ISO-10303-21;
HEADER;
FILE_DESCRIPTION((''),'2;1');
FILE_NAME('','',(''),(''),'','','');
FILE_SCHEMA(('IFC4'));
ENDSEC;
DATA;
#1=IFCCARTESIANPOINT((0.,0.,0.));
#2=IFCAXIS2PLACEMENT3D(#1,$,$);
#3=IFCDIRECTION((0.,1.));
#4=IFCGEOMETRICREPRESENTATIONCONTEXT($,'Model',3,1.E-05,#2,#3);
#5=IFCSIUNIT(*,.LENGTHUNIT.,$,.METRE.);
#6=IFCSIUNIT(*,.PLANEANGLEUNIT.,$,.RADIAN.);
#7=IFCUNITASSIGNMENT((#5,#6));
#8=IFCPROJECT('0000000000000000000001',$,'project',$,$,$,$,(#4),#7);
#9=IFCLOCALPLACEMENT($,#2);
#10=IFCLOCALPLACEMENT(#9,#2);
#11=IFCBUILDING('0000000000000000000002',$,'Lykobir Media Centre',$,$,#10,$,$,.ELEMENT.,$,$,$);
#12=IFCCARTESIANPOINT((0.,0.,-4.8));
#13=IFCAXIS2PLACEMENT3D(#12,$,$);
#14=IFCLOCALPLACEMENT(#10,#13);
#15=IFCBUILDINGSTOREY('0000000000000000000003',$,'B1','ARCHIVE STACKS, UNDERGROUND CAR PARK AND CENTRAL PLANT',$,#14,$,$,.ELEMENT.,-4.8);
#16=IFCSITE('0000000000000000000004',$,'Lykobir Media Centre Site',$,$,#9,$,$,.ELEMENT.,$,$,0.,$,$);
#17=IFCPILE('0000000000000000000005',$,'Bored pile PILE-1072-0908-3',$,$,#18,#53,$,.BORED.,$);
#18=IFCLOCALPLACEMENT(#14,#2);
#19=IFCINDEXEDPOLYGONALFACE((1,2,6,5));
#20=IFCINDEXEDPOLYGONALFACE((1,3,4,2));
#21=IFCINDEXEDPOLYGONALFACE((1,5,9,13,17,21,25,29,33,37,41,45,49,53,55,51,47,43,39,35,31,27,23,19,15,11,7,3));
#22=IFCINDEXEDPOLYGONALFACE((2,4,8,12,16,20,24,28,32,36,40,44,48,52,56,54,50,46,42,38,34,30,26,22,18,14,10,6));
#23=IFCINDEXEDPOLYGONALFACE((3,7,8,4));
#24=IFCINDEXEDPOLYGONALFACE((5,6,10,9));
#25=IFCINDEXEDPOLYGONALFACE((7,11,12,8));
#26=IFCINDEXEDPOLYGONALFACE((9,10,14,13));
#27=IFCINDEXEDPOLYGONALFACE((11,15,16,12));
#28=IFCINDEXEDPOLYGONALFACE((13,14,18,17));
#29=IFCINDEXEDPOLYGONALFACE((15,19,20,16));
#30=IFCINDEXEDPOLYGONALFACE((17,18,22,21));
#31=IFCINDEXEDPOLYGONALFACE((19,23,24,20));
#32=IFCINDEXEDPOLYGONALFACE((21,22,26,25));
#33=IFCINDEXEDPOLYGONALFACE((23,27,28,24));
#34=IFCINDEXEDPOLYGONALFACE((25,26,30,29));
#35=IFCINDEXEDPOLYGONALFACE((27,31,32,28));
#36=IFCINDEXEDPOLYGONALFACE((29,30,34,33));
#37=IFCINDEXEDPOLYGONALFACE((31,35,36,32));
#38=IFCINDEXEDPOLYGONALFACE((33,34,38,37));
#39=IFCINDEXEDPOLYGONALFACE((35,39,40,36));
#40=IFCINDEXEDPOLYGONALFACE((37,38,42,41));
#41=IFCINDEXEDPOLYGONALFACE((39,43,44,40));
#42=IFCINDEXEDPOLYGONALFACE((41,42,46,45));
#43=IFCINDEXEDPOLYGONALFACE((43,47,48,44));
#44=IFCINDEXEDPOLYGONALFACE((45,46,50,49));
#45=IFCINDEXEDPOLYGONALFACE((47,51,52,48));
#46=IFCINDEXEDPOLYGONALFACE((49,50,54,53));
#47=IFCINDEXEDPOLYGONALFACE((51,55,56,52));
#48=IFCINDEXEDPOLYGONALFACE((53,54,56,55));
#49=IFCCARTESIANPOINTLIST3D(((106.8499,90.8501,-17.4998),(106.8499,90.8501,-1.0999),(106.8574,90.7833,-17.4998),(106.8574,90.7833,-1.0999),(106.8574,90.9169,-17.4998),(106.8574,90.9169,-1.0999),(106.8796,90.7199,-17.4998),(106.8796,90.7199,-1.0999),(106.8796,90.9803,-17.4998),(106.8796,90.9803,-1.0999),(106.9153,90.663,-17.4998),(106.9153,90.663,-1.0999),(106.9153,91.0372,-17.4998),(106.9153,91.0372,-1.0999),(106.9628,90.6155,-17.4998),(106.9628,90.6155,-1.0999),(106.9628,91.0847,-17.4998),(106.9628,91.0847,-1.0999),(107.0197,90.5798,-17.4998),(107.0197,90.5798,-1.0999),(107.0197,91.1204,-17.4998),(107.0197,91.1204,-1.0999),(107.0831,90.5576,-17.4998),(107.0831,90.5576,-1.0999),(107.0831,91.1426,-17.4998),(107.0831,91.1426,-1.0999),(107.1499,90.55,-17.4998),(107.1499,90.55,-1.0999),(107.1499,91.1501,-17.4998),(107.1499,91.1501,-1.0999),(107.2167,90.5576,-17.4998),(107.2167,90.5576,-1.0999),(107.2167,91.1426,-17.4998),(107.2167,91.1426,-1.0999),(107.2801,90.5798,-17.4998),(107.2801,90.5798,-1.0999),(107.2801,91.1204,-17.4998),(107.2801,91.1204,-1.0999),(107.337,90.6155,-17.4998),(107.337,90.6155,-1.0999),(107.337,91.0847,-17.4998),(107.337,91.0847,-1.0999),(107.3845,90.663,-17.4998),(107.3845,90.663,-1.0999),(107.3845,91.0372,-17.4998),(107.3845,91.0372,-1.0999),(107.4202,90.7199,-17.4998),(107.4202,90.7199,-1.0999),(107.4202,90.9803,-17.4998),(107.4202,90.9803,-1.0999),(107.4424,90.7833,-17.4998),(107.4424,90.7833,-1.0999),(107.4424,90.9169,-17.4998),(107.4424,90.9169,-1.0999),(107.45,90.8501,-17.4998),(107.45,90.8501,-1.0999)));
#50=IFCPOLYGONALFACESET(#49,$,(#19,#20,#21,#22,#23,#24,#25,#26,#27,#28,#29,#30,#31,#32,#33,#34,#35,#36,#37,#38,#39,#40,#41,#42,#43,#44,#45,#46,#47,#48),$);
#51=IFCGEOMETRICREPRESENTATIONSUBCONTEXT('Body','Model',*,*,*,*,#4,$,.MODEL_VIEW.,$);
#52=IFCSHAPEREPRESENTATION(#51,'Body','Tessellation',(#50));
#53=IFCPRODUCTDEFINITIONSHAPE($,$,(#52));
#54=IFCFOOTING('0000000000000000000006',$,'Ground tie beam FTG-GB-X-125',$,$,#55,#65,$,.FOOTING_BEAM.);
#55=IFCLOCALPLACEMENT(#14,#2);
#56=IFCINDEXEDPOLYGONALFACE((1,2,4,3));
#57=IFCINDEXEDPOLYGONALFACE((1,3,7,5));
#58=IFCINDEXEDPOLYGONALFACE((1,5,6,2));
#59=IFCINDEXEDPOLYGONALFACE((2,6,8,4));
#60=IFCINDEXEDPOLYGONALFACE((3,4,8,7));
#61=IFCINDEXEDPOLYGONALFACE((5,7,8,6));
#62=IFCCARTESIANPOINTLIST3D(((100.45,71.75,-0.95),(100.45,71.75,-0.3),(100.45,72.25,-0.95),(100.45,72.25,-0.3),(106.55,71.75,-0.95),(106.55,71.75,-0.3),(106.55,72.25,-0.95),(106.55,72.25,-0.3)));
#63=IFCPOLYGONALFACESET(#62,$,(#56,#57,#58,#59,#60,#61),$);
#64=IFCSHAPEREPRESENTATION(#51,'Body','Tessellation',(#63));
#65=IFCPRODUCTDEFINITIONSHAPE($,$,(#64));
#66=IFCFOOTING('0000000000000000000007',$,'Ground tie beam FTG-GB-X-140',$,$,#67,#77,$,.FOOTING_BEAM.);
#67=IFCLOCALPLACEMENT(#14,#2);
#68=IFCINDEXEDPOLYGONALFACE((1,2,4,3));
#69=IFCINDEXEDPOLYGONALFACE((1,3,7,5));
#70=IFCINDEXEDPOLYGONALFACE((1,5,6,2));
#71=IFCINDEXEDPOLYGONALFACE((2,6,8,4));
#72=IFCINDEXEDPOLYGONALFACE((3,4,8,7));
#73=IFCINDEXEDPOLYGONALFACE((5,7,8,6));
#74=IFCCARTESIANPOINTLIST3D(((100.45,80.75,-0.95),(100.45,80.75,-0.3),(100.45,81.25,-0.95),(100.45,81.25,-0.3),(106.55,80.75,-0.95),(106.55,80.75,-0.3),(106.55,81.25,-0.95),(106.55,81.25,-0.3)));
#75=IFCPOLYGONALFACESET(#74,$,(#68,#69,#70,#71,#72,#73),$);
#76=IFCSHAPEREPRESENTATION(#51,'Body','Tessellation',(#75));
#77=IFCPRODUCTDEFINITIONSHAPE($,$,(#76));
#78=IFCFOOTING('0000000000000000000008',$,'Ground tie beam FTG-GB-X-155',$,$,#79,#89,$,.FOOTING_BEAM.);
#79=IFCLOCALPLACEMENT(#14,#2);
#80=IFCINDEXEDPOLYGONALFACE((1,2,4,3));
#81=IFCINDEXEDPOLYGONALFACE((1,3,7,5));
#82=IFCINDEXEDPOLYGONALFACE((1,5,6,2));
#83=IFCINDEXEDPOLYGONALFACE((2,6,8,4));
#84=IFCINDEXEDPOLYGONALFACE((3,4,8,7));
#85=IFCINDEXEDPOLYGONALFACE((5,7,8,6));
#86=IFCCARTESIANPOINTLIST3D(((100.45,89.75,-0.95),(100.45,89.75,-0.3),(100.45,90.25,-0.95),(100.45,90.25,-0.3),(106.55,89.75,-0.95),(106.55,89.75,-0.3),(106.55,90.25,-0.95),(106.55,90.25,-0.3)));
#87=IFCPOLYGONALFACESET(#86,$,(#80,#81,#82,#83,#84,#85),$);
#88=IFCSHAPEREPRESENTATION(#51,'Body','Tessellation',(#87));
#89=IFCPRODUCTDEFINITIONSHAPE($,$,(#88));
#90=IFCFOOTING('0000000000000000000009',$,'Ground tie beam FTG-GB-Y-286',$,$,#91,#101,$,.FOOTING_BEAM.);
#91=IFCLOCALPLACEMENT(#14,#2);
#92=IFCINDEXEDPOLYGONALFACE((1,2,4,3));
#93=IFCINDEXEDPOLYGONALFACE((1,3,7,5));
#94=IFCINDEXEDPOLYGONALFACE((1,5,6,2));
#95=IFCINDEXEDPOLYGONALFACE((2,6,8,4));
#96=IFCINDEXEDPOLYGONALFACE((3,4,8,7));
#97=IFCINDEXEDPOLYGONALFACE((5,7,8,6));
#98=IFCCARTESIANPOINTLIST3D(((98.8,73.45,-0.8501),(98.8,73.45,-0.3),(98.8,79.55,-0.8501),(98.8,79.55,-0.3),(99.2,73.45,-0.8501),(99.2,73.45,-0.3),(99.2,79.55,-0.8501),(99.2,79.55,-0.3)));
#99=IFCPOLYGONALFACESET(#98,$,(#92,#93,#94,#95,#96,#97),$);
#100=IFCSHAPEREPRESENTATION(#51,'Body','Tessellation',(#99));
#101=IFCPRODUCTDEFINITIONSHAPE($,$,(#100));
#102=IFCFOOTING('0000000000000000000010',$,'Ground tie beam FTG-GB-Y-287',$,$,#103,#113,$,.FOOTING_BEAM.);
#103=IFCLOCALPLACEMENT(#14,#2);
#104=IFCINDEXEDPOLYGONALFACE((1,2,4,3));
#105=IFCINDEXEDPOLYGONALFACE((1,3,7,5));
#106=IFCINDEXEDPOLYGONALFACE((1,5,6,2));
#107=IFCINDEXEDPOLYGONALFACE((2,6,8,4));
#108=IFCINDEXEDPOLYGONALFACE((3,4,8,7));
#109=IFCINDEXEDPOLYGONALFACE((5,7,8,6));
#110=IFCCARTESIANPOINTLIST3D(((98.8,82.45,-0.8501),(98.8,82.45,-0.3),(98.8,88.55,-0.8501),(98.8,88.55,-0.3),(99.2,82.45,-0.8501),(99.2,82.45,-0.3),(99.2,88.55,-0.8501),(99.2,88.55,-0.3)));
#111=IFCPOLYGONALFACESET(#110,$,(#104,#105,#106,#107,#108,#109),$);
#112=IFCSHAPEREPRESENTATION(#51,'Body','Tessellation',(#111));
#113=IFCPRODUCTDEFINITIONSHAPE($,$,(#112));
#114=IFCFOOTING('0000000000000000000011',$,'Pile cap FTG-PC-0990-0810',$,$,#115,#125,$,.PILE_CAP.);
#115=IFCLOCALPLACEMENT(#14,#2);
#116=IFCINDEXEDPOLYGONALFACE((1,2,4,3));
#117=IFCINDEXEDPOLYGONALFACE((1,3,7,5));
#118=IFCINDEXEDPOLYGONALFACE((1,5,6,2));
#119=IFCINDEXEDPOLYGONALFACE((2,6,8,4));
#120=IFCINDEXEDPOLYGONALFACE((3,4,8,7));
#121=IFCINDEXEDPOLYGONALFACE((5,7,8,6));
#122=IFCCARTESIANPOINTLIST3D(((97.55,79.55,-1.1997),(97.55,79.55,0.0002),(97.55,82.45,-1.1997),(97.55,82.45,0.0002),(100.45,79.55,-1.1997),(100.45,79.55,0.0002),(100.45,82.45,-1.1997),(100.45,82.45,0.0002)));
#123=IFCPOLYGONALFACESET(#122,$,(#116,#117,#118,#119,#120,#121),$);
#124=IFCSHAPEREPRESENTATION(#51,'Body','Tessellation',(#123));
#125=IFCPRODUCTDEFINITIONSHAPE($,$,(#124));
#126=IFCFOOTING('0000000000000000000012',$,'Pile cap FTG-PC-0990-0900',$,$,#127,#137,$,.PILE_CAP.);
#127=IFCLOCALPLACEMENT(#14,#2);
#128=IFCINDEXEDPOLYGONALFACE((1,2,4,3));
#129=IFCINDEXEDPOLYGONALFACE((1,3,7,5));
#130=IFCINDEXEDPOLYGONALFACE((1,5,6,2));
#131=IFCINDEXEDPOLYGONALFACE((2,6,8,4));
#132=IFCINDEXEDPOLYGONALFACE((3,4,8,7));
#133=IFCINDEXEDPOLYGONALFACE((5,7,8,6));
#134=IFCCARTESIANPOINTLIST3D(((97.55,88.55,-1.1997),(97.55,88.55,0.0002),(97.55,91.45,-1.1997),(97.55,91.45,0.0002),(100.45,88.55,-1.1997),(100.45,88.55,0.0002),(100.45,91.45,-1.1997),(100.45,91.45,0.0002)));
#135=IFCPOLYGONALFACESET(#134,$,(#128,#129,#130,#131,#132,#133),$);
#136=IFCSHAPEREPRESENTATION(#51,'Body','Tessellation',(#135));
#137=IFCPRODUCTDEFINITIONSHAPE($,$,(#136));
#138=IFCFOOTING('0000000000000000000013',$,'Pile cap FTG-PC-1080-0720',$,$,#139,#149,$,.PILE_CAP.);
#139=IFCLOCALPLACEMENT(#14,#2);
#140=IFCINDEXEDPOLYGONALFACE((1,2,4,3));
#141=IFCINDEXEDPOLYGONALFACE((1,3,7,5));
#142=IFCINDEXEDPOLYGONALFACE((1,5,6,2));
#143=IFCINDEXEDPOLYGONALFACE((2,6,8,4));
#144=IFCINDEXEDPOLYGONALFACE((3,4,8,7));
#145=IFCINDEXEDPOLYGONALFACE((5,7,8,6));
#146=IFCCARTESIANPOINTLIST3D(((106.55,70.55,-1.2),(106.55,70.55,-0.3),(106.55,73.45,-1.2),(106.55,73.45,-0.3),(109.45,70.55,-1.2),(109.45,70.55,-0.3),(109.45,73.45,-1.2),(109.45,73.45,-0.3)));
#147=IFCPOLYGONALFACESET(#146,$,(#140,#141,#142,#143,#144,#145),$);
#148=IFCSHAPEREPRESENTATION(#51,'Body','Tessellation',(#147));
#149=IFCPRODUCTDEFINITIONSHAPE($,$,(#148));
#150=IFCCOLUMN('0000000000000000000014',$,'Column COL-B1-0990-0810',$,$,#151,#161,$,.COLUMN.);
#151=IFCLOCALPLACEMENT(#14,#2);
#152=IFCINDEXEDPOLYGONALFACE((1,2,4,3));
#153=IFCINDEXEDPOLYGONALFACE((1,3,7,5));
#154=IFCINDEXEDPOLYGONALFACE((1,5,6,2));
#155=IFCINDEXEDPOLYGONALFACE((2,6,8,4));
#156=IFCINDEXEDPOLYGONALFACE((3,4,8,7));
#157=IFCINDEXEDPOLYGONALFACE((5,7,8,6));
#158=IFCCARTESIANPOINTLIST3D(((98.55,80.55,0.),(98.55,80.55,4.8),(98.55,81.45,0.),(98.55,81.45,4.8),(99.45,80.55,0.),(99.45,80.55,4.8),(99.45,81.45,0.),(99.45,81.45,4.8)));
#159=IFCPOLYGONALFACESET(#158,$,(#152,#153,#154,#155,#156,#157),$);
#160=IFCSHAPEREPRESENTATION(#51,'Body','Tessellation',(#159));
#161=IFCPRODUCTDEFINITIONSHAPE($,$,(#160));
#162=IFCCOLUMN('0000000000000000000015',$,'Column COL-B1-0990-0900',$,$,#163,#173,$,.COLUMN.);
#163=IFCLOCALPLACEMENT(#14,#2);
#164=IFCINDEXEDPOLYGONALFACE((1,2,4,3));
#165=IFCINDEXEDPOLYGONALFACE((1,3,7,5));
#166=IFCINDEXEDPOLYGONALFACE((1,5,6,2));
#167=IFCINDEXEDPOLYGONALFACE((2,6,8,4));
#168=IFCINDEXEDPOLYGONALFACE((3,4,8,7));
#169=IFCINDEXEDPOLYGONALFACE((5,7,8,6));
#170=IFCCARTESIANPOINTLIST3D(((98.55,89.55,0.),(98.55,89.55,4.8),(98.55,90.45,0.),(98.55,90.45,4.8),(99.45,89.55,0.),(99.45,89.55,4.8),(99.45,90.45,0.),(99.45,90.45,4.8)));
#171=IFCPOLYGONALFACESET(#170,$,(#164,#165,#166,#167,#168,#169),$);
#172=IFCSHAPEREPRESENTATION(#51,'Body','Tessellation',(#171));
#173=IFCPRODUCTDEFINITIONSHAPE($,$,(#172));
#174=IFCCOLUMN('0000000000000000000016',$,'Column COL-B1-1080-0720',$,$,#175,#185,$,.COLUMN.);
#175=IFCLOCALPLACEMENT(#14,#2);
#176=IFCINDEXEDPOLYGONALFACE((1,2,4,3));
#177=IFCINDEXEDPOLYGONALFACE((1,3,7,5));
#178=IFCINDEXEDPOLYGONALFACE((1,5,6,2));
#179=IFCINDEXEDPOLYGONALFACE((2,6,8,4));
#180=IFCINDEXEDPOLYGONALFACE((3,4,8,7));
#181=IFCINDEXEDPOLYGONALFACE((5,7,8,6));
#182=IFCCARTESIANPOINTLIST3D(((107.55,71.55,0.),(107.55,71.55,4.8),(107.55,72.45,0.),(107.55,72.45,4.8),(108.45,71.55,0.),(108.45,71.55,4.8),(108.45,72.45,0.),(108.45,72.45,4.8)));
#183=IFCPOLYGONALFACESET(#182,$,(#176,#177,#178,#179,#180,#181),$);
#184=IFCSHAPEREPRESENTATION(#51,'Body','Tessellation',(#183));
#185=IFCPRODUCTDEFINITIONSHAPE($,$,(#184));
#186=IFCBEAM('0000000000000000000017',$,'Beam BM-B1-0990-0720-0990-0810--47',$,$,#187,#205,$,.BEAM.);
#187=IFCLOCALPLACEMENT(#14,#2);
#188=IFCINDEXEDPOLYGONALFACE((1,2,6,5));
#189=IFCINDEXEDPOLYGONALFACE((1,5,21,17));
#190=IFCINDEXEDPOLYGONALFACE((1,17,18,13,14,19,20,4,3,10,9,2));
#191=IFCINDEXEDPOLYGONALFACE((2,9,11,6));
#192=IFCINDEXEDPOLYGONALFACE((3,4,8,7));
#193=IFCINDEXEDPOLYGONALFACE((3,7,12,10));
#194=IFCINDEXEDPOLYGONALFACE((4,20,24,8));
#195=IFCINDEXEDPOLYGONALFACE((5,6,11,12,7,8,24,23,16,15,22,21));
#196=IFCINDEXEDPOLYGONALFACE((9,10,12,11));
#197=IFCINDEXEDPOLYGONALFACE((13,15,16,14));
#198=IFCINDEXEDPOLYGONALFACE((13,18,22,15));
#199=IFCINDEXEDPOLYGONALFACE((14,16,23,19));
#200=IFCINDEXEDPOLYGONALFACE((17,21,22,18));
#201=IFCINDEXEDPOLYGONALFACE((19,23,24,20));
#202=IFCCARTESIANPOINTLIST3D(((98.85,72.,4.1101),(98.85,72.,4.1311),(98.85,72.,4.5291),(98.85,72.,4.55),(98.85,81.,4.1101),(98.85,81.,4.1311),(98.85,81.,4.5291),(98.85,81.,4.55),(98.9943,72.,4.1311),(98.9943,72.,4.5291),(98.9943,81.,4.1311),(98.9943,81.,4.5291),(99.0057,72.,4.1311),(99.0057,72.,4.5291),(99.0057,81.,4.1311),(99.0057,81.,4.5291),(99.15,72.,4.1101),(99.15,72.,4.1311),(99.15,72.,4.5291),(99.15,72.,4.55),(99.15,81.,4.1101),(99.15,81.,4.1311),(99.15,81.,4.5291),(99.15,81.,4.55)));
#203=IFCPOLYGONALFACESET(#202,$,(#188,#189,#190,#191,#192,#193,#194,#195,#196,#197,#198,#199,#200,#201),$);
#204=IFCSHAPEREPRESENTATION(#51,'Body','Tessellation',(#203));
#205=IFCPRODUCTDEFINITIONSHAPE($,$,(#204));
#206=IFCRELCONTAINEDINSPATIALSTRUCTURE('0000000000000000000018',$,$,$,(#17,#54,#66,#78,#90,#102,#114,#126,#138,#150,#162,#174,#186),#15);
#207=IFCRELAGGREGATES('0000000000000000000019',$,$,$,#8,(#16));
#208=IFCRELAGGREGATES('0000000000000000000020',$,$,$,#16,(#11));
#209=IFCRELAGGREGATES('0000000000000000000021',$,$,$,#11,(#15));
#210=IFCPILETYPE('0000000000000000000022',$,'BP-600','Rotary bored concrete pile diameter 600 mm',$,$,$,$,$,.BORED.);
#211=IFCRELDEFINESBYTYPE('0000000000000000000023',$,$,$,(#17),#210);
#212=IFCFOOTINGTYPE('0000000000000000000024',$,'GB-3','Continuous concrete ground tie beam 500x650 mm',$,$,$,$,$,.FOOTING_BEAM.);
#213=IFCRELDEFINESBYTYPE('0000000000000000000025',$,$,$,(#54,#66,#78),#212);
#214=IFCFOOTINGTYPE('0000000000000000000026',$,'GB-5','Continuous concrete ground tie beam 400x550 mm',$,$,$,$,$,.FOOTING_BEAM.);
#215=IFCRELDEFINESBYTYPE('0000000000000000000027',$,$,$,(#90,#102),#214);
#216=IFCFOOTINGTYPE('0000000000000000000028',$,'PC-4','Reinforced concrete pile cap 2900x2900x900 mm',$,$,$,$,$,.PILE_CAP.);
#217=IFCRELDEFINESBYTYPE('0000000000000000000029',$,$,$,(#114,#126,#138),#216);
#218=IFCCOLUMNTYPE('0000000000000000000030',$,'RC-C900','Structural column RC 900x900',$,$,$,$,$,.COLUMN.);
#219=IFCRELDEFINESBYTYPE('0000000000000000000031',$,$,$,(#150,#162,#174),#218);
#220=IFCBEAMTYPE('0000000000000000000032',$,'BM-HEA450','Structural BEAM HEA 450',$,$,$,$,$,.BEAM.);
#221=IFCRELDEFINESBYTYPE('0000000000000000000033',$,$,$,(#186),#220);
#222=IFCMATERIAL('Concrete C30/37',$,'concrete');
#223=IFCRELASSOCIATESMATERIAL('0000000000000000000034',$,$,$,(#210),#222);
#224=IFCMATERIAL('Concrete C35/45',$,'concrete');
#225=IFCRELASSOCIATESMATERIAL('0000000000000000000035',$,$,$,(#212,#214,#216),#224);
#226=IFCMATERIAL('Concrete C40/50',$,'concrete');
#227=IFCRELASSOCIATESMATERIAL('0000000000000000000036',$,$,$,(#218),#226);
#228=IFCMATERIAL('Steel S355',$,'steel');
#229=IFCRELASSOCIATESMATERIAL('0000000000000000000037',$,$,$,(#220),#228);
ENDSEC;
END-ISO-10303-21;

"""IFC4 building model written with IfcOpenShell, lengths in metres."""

from ifc_helpers import new_model, si_unit, direction, frame, origin, origin_2d, place, context, subcontext, project, spatial, rectangle, circle, i_section, extrude, material, material_profile, profile_set, type_object, element, save


model = new_model("IFC4")

# Units and contexts
model_context = context("Model", 3, precision=1e-05, world=origin(), true_north=direction((0.0, 1.0)))
body_context = subcontext(model_context, "Body", "Model", "MODEL_VIEW")
ifc_project = project(units=[si_unit("LENGTHUNIT", "METRE"), si_unit("PLANEANGLEUNIT", "RADIAN")], contexts=[model_context])

# Site, building, storey
site_placement = place(None, origin())
site = spatial("IfcSite", under=ifc_project, at=site_placement, Name="Lykobir Media Centre Site", CompositionType="ELEMENT", RefElevation=0.0)
building_placement = place(site_placement, origin())
building = spatial("IfcBuilding", under=site, at=building_placement, Name="Lykobir Media Centre", CompositionType="ELEMENT")
storey_placement = place(building_placement, frame((0.0, 0.0, -4.8)))
storey = spatial("IfcBuildingStorey", under=building, at=storey_placement, Name="B1", Description="ARCHIVE STACKS, UNDERGROUND CAR PARK AND CENTRAL PLANT", CompositionType="ELEMENT", Elevation=-4.8)

# Pile
ifc_material_1 = material(Name="Concrete C30/37", Category="concrete")
ifc_material_profile_1 = material_profile(ifc_material_1, circle(Radius=0.3, at=origin_2d()), Name="BORED PILE D600")
ifc_profile_set_1 = profile_set([ifc_material_profile_1], Name="Concrete C30/37")
pile_type = type_object("IfcPileType", Name="BP-600", Description="Rotary bored concrete pile diameter 600 mm", PredefinedType="BORED", material=ifc_profile_set_1)
for number, where, z_axis, x_axis, name in (
    (1, (107.1499, 90.8501, -1.0999), (0.0, 0.0, -1.0), (1.0, 0.0, 0.0), "Bored pile PILE-1072-0908-3"),
):
    element("IfcPile", number, at=place(storey_placement, frame(where, z_axis=z_axis, x_axis=x_axis)), inside=storey, type_object=pile_type, Name=name, PredefinedType="BORED", context=body_context, shape_type="SweptSolid", body=[
        extrude(circle(Radius=0.3, at=origin_2d()), origin(), (0.0, 0.0, 1.0), 16.3999),
    ])

# Footings
ifc_material_2 = material(Name="Concrete C35/45", Category="concrete")
footing_type_1 = type_object("IfcFootingType", Name="GB-3", Description="Continuous concrete ground tie beam 500x650 mm", PredefinedType="FOOTING_BEAM", material=ifc_material_2)
for number, where, z_axis, x_axis, name in (
    (2, (103.5, 72.0, -0.95), (0.0, 0.0, 1.0), (1.0, 0.0, 0.0), "Ground tie beam FTG-GB-X-125"),
    (3, (103.5, 81.0, -0.95), (0.0, 0.0, 1.0), (1.0, 0.0, 0.0), "Ground tie beam FTG-GB-X-140"),
    (4, (103.5, 90.0, -0.95), (0.0, 0.0, 1.0), (1.0, 0.0, 0.0), "Ground tie beam FTG-GB-X-155"),
):
    element("IfcFooting", number, at=place(storey_placement, frame(where, z_axis=z_axis, x_axis=x_axis)), inside=storey, type_object=footing_type_1, Name=name, PredefinedType="FOOTING_BEAM", context=body_context, shape_type="SweptSolid", body=[
        extrude(rectangle(XDim=6.1001, YDim=0.5, at=origin_2d()), origin(), (0.0, 0.0, 1.0), 0.6499),
    ])
footing_type_2 = type_object("IfcFootingType", Name="GB-5", Description="Continuous concrete ground tie beam 400x550 mm", PredefinedType="FOOTING_BEAM", material=ifc_material_2)
for number, where, z_axis, x_axis, name in (
    (5, (99.0, 76.5, -0.8501), (0.0, 0.0, 1.0), (0.0, 1.0, 0.0), "Ground tie beam FTG-GB-Y-286"),
    (6, (99.0, 85.5, -0.8501), (0.0, 0.0, 1.0), (0.0, 1.0, 0.0), "Ground tie beam FTG-GB-Y-287"),
):
    element("IfcFooting", number, at=place(storey_placement, frame(where, z_axis=z_axis, x_axis=x_axis)), inside=storey, type_object=footing_type_2, Name=name, PredefinedType="FOOTING_BEAM", context=body_context, shape_type="SweptSolid", body=[
        extrude(rectangle(XDim=6.1001, YDim=0.3999, at=origin_2d()), origin(), (0.0, 0.0, 1.0), 0.55),
    ])
footing_type_3 = type_object("IfcFootingType", Name="PC-4", Description="Reinforced concrete pile cap 2900x2900x900 mm", PredefinedType="PILE_CAP", material=ifc_material_2)
for number, where, z_axis, x_axis, name in (
    (7, (99.0, 81.0, -1.1997), (0.0, 0.0, 1.0), (1.0, 0.0, 0.0), "Pile cap FTG-PC-0990-0810"),
    (8, (99.0, 90.0, -1.1997), (0.0, 0.0, 1.0), (1.0, 0.0, 0.0), "Pile cap FTG-PC-0990-0900"),
):
    element("IfcFooting", number, at=place(storey_placement, frame(where, z_axis=z_axis, x_axis=x_axis)), inside=storey, type_object=footing_type_3, Name=name, PredefinedType="PILE_CAP", context=body_context, shape_type="SweptSolid", body=[
        extrude(rectangle(XDim=2.8999, YDim=2.8999, at=origin_2d()), origin(), (0.0, 0.0, 1.0), 1.2),
    ])
footing_placement = place(storey_placement, frame((108.0, 72.0, -1.2), z_axis=(0.0, 0.0, 1.0), x_axis=(1.0, 0.0, 0.0)))
element("IfcFooting", 9, at=footing_placement, inside=storey, type_object=footing_type_3, Name="Pile cap FTG-PC-1080-0720", PredefinedType="PILE_CAP", context=body_context, shape_type="SweptSolid", body=[
    extrude(rectangle(XDim=2.8999, YDim=2.8999, at=origin_2d()), origin(), (0.0, 0.0, 1.0), 0.8999),
])

# Columns
ifc_material_3 = material(Name="Concrete C40/50", Category="concrete")
ifc_material_profile_2 = material_profile(ifc_material_3, rectangle(XDim=0.8999, YDim=0.8999, at=origin_2d()), Name="RC 900x900")
ifc_profile_set_2 = profile_set([ifc_material_profile_2], Name="Concrete C40/50")
column_type = type_object("IfcColumnType", Name="RC-C900", Description="Structural column RC 900x900", PredefinedType="COLUMN", material=ifc_profile_set_2)
for number, where, z_axis, x_axis, name in (
    (10, (99.0, 81.0, 0.0), (0.0, 0.0, 1.0), (1.0, 0.0, 0.0), "Column COL-B1-0990-0810"),
    (11, (99.0, 90.0, 0.0), (0.0, 0.0, 1.0), (1.0, 0.0, 0.0), "Column COL-B1-0990-0900"),
    (12, (108.0, 72.0, 0.0), (0.0, 0.0, 1.0), (1.0, 0.0, 0.0), "Column COL-B1-1080-0720"),
):
    element("IfcColumn", number, at=place(storey_placement, frame(where, z_axis=z_axis, x_axis=x_axis)), inside=storey, type_object=column_type, Name=name, PredefinedType="COLUMN", context=body_context, shape_type="SweptSolid", body=[
        extrude(rectangle(XDim=0.8999, YDim=0.8999, at=origin_2d()), origin(), (0.0, 0.0, 1.0), 4.8),
    ])

# Beam
ifc_material_4 = material(Name="Steel S355", Category="steel")
ifc_material_profile_3 = material_profile(ifc_material_4, i_section(OverallWidth=0.3, OverallDepth=0.4399, WebThickness=0.0115, FlangeThickness=0.021, at=origin_2d()), Name="HEA 450")
ifc_profile_set_3 = profile_set([ifc_material_profile_3], Name="Steel S355")
beam_type_1 = type_object("IfcBeamType", Name="BM-HEA450", Description="Structural BEAM HEA 450", PredefinedType="BEAM", material=ifc_profile_set_3)
for number, where, z_axis, x_axis, name in (
    (13, (99.0, 72.0, 4.3301), (0.0, 1.0, 0.0), (-1.0, 0.0, 0.0), "Beam BM-B1-0990-0720-0990-0810--47"),
):
    element("IfcBeam", number, at=place(storey_placement, frame(where, z_axis=z_axis, x_axis=x_axis)), inside=storey, type_object=beam_type_1, Name=name, PredefinedType="BEAM", context=body_context, shape_type="SweptSolid", body=[
        extrude(i_section(OverallWidth=0.3, OverallDepth=0.4399, WebThickness=0.0115, FlangeThickness=0.021, at=origin_2d()), origin(), (0.0, 0.0, 1.0), 9.0),
    ])

save(model, "model.ifc")
